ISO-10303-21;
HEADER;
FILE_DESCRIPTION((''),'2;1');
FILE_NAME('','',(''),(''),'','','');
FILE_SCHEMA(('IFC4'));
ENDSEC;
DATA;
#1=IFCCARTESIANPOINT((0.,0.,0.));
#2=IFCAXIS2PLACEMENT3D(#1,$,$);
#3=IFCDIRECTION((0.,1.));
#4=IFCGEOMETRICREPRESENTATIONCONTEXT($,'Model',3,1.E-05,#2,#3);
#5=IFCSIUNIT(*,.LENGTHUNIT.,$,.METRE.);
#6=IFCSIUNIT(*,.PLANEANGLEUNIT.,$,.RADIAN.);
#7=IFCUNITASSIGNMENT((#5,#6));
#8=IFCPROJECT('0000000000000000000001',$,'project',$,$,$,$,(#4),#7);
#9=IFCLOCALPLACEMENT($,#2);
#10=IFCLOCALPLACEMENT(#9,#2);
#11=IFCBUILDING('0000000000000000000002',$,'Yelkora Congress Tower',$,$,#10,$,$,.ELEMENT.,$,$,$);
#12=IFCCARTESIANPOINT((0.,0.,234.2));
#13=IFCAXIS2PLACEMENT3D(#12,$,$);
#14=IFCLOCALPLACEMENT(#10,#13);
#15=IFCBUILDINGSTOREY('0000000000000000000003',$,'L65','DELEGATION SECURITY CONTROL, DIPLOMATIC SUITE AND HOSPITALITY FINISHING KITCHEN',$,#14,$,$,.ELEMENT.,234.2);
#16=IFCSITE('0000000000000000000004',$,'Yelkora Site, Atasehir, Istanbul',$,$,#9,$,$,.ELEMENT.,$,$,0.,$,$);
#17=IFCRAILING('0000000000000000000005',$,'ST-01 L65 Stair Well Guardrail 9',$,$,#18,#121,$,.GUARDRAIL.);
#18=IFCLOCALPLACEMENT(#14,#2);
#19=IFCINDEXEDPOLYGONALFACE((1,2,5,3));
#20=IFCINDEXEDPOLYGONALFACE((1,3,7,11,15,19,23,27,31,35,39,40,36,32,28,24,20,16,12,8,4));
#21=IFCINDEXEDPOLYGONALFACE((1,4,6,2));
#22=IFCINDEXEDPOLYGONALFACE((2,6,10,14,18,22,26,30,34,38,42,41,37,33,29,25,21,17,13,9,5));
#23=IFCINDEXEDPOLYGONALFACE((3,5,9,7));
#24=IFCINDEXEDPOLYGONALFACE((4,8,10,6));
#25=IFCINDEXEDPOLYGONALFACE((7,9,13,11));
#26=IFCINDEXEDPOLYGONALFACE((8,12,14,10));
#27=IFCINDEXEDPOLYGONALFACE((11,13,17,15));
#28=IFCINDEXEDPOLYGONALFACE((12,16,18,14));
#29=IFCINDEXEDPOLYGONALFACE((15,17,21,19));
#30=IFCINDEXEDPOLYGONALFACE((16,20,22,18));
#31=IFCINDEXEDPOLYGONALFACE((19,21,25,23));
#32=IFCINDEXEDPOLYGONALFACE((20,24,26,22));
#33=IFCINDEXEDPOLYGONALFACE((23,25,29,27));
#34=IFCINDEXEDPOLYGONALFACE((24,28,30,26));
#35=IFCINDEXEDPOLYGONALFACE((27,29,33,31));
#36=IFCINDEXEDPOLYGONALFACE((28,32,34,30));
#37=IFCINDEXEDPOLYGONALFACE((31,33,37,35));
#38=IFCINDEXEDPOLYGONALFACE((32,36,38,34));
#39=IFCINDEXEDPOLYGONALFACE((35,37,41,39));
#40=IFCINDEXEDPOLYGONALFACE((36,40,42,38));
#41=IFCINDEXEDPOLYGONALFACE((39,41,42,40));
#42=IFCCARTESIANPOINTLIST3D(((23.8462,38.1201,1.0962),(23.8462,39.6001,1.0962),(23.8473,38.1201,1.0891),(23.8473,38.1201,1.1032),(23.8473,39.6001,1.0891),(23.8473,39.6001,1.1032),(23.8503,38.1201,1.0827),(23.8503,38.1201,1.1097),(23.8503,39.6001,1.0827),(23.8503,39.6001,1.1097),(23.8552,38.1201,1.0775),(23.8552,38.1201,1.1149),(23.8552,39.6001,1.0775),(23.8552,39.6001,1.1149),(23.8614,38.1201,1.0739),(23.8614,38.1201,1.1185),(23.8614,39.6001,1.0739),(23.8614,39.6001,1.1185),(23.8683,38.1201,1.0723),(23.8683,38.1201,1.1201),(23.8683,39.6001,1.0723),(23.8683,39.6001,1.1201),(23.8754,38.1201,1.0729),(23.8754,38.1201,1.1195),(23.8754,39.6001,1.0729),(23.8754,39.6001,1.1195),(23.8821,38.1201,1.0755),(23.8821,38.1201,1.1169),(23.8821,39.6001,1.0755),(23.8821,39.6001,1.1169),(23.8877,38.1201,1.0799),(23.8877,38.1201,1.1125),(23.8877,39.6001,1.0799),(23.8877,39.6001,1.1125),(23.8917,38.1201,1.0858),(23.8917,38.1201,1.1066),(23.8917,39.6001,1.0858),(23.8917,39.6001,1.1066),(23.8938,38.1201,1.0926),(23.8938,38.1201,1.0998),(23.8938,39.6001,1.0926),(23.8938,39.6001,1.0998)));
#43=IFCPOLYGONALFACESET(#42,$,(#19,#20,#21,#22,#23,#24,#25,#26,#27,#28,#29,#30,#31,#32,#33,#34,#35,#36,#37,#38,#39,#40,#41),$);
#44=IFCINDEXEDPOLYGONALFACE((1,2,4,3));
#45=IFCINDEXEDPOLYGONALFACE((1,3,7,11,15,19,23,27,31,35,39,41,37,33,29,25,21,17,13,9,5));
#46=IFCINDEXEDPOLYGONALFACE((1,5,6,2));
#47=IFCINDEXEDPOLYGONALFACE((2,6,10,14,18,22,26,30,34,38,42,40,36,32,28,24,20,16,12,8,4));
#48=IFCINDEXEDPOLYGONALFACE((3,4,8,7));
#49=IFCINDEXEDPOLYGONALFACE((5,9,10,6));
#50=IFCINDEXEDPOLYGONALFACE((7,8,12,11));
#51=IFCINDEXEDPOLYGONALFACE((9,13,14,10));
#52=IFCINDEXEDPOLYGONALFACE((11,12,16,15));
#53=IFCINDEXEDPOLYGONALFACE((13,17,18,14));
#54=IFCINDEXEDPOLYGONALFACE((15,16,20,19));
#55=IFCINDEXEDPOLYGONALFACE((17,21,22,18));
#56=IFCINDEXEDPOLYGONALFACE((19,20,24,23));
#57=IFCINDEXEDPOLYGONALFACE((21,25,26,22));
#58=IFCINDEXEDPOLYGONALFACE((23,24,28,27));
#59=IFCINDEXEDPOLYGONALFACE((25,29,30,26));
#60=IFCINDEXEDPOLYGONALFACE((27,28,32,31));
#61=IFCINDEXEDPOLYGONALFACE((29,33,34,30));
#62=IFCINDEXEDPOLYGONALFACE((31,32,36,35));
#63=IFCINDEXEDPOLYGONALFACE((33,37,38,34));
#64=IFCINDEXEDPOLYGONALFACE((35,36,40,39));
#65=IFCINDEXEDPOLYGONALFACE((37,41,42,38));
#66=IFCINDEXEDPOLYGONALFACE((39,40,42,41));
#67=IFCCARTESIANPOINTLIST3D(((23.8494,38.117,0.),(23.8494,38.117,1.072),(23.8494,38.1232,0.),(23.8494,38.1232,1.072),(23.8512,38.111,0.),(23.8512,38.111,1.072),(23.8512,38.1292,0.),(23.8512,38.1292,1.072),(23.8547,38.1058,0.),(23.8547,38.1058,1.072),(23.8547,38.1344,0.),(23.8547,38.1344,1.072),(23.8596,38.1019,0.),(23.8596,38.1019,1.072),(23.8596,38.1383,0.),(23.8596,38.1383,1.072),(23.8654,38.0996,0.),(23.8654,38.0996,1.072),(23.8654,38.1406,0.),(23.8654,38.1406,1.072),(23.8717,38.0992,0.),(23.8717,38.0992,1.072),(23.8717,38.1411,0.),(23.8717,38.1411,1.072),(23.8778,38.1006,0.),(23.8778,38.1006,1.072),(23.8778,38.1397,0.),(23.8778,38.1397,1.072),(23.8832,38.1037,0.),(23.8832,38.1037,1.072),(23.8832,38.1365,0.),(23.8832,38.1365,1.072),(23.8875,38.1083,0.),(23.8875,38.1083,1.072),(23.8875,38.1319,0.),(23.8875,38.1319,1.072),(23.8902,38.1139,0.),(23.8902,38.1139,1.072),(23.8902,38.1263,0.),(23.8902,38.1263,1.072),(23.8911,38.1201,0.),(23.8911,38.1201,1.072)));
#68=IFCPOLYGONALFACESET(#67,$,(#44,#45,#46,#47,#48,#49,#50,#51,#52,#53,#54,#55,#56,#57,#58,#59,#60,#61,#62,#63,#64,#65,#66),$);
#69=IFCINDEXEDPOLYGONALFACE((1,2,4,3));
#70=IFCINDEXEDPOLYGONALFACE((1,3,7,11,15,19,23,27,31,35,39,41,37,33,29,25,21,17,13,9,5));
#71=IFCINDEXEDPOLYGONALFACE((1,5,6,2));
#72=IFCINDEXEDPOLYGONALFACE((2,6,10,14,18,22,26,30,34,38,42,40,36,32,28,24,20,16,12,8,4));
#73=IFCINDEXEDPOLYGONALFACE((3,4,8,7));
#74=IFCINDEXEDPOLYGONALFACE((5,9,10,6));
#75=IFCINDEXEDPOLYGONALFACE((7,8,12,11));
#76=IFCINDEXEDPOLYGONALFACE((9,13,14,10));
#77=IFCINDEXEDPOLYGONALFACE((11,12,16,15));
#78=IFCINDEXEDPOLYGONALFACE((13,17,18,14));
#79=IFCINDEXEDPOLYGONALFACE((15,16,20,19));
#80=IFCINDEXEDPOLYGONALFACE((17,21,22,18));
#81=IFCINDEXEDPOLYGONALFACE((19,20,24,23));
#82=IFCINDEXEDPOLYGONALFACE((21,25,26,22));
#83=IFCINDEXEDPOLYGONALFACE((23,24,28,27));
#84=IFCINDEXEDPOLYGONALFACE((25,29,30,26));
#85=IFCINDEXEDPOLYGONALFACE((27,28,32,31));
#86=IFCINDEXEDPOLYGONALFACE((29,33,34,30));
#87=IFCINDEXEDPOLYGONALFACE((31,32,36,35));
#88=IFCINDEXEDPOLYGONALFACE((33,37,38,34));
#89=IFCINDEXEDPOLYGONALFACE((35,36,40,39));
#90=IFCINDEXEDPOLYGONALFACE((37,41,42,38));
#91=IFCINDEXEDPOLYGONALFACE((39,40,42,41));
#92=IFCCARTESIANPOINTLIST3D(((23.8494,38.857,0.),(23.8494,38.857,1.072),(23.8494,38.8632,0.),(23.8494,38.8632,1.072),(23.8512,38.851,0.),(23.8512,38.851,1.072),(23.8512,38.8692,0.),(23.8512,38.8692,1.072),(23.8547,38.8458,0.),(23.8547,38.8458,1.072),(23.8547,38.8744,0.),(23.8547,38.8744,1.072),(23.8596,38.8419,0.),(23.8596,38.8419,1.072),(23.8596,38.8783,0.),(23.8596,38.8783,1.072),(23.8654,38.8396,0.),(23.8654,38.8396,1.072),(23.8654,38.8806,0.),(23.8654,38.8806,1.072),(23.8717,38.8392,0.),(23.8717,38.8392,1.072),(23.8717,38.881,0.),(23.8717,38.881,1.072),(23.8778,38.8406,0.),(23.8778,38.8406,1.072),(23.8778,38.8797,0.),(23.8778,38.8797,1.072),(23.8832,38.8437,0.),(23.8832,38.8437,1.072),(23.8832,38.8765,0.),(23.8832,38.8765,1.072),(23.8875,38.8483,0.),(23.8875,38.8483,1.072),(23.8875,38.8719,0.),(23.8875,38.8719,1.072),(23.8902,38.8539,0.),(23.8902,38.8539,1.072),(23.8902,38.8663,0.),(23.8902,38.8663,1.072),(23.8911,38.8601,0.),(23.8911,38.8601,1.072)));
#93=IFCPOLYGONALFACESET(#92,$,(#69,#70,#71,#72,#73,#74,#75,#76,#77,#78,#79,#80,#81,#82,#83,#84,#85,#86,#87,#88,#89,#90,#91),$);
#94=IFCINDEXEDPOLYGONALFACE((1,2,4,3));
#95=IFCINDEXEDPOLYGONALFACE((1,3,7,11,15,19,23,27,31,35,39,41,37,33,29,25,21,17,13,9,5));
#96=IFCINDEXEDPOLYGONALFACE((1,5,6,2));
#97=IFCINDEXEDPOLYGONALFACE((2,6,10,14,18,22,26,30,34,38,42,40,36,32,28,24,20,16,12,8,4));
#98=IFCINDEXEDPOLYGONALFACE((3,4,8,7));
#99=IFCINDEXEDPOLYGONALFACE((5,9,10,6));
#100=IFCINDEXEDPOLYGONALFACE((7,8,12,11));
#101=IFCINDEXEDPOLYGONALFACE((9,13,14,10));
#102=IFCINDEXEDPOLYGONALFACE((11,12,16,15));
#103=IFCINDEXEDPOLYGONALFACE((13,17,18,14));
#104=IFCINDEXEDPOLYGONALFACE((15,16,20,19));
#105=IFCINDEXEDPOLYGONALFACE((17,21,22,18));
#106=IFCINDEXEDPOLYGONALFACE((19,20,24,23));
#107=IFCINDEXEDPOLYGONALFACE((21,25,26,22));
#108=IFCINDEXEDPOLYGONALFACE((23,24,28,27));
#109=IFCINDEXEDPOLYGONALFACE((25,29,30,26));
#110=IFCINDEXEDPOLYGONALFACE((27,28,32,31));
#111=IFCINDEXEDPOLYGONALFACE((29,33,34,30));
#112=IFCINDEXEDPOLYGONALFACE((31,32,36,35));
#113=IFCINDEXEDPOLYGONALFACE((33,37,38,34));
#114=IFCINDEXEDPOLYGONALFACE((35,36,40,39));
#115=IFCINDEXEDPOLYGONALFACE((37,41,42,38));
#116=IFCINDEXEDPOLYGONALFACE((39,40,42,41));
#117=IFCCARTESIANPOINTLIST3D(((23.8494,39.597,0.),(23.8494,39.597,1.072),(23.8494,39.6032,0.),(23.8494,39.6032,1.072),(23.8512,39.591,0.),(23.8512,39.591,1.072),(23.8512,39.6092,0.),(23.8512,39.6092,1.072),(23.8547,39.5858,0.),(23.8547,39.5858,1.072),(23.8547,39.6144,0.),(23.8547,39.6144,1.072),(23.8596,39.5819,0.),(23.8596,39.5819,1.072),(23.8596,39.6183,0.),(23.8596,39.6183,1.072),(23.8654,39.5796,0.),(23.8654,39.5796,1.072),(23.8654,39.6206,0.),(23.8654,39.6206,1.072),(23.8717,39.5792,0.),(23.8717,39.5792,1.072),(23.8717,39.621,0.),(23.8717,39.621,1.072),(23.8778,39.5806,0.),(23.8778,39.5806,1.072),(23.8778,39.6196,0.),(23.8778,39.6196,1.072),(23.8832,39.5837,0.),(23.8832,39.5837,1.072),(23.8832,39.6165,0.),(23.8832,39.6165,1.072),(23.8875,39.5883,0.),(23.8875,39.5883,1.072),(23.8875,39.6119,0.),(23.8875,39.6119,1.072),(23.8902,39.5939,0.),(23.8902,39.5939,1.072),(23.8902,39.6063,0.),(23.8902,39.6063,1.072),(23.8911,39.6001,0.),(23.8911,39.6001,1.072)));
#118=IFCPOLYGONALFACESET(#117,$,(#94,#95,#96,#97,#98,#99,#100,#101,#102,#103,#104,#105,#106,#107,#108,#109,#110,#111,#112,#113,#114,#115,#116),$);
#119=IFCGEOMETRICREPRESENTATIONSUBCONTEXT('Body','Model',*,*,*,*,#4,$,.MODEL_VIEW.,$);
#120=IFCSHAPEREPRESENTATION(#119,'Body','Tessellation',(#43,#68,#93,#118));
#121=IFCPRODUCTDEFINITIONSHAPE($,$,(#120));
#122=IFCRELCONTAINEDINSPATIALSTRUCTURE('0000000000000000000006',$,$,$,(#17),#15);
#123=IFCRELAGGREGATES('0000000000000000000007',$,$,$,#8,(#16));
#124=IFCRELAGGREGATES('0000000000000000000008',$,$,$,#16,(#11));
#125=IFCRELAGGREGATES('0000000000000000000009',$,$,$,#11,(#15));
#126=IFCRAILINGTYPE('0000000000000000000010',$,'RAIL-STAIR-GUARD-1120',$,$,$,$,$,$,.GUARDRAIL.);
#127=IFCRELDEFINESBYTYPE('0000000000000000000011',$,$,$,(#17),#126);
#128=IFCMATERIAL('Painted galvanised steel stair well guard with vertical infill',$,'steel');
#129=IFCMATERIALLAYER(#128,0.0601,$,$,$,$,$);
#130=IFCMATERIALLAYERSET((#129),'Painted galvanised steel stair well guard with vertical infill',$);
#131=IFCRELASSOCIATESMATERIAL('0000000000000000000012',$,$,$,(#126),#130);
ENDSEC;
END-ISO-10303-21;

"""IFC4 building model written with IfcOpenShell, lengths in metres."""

from ifc_helpers import new_model, si_unit, direction, frame, origin, origin_2d, place, context, subcontext, project, spatial, circle, extrude, material, layer, layer_set, type_object, element, save


model = new_model("IFC4")

# Units and contexts
model_context = context("Model", 3, precision=1e-05, world=origin(), true_north=direction((0.0, 1.0)))
body_context = subcontext(model_context, "Body", "Model", "MODEL_VIEW")
ifc_project = project(units=[si_unit("LENGTHUNIT", "METRE"), si_unit("PLANEANGLEUNIT", "RADIAN")], contexts=[model_context])

# Site, building, storey
site_placement = place(None, origin())
site = spatial("IfcSite", under=ifc_project, at=site_placement, Name="Yelkora Site, Atasehir, Istanbul", CompositionType="ELEMENT", RefElevation=0.0)
building_placement = place(site_placement, origin())
building = spatial("IfcBuilding", under=site, at=building_placement, Name="Yelkora Congress Tower", CompositionType="ELEMENT")
storey_placement = place(building_placement, frame((0.0, 0.0, 234.2)))
storey = spatial("IfcBuildingStorey", under=building, at=storey_placement, Name="L65", Description="DELEGATION SECURITY CONTROL, DIPLOMATIC SUITE AND HOSPITALITY FINISHING KITCHEN", CompositionType="ELEMENT", Elevation=234.2)

# Railing
ifc_material_1 = material(Name="Painted galvanised steel stair well guard with vertical infill", Category="steel")
ifc_layer_1 = layer(ifc_material_1, 0.0601)
ifc_layer_set_1 = layer_set([ifc_layer_1], Name="Painted galvanised steel stair well guard with vertical infill")
railing_type_1 = type_object("IfcRailingType", Name="RAIL-STAIR-GUARD-1120", PredefinedType="GUARDRAIL", material=ifc_layer_set_1)
railing_1_placement = place(storey_placement, frame((23.8701, 38.1201, 0.0)))
element("IfcRailing", 1, at=railing_1_placement, inside=storey, type_object=railing_type_1, Name="ST-01 L65 Stair Well Guardrail 9", PredefinedType="GUARDRAIL", context=body_context, shape_type="SweptSolid", body=[
    extrude(circle(Radius=0.0239, at=origin_2d()), frame((0.0, 0.0, 1.0962), z_axis=(0.0, 1.0, 0.0), x_axis=(-1.0, 0.0, 0.0)), (0.0, 0.0, 1.0), 1.48),
    extrude(circle(Radius=0.021, at=origin_2d()), origin(), (0.0, 0.0, 1.0), 1.072),
    extrude(circle(Radius=0.021, at=origin_2d()), frame((0.0, 0.74, 0.0)), (0.0, 0.0, 1.0), 1.072),
    extrude(circle(Radius=0.021, at=origin_2d()), frame((0.0, 1.48, 0.0)), (0.0, 0.0, 1.0), 1.072),
])

save(model, "model.ifc")
